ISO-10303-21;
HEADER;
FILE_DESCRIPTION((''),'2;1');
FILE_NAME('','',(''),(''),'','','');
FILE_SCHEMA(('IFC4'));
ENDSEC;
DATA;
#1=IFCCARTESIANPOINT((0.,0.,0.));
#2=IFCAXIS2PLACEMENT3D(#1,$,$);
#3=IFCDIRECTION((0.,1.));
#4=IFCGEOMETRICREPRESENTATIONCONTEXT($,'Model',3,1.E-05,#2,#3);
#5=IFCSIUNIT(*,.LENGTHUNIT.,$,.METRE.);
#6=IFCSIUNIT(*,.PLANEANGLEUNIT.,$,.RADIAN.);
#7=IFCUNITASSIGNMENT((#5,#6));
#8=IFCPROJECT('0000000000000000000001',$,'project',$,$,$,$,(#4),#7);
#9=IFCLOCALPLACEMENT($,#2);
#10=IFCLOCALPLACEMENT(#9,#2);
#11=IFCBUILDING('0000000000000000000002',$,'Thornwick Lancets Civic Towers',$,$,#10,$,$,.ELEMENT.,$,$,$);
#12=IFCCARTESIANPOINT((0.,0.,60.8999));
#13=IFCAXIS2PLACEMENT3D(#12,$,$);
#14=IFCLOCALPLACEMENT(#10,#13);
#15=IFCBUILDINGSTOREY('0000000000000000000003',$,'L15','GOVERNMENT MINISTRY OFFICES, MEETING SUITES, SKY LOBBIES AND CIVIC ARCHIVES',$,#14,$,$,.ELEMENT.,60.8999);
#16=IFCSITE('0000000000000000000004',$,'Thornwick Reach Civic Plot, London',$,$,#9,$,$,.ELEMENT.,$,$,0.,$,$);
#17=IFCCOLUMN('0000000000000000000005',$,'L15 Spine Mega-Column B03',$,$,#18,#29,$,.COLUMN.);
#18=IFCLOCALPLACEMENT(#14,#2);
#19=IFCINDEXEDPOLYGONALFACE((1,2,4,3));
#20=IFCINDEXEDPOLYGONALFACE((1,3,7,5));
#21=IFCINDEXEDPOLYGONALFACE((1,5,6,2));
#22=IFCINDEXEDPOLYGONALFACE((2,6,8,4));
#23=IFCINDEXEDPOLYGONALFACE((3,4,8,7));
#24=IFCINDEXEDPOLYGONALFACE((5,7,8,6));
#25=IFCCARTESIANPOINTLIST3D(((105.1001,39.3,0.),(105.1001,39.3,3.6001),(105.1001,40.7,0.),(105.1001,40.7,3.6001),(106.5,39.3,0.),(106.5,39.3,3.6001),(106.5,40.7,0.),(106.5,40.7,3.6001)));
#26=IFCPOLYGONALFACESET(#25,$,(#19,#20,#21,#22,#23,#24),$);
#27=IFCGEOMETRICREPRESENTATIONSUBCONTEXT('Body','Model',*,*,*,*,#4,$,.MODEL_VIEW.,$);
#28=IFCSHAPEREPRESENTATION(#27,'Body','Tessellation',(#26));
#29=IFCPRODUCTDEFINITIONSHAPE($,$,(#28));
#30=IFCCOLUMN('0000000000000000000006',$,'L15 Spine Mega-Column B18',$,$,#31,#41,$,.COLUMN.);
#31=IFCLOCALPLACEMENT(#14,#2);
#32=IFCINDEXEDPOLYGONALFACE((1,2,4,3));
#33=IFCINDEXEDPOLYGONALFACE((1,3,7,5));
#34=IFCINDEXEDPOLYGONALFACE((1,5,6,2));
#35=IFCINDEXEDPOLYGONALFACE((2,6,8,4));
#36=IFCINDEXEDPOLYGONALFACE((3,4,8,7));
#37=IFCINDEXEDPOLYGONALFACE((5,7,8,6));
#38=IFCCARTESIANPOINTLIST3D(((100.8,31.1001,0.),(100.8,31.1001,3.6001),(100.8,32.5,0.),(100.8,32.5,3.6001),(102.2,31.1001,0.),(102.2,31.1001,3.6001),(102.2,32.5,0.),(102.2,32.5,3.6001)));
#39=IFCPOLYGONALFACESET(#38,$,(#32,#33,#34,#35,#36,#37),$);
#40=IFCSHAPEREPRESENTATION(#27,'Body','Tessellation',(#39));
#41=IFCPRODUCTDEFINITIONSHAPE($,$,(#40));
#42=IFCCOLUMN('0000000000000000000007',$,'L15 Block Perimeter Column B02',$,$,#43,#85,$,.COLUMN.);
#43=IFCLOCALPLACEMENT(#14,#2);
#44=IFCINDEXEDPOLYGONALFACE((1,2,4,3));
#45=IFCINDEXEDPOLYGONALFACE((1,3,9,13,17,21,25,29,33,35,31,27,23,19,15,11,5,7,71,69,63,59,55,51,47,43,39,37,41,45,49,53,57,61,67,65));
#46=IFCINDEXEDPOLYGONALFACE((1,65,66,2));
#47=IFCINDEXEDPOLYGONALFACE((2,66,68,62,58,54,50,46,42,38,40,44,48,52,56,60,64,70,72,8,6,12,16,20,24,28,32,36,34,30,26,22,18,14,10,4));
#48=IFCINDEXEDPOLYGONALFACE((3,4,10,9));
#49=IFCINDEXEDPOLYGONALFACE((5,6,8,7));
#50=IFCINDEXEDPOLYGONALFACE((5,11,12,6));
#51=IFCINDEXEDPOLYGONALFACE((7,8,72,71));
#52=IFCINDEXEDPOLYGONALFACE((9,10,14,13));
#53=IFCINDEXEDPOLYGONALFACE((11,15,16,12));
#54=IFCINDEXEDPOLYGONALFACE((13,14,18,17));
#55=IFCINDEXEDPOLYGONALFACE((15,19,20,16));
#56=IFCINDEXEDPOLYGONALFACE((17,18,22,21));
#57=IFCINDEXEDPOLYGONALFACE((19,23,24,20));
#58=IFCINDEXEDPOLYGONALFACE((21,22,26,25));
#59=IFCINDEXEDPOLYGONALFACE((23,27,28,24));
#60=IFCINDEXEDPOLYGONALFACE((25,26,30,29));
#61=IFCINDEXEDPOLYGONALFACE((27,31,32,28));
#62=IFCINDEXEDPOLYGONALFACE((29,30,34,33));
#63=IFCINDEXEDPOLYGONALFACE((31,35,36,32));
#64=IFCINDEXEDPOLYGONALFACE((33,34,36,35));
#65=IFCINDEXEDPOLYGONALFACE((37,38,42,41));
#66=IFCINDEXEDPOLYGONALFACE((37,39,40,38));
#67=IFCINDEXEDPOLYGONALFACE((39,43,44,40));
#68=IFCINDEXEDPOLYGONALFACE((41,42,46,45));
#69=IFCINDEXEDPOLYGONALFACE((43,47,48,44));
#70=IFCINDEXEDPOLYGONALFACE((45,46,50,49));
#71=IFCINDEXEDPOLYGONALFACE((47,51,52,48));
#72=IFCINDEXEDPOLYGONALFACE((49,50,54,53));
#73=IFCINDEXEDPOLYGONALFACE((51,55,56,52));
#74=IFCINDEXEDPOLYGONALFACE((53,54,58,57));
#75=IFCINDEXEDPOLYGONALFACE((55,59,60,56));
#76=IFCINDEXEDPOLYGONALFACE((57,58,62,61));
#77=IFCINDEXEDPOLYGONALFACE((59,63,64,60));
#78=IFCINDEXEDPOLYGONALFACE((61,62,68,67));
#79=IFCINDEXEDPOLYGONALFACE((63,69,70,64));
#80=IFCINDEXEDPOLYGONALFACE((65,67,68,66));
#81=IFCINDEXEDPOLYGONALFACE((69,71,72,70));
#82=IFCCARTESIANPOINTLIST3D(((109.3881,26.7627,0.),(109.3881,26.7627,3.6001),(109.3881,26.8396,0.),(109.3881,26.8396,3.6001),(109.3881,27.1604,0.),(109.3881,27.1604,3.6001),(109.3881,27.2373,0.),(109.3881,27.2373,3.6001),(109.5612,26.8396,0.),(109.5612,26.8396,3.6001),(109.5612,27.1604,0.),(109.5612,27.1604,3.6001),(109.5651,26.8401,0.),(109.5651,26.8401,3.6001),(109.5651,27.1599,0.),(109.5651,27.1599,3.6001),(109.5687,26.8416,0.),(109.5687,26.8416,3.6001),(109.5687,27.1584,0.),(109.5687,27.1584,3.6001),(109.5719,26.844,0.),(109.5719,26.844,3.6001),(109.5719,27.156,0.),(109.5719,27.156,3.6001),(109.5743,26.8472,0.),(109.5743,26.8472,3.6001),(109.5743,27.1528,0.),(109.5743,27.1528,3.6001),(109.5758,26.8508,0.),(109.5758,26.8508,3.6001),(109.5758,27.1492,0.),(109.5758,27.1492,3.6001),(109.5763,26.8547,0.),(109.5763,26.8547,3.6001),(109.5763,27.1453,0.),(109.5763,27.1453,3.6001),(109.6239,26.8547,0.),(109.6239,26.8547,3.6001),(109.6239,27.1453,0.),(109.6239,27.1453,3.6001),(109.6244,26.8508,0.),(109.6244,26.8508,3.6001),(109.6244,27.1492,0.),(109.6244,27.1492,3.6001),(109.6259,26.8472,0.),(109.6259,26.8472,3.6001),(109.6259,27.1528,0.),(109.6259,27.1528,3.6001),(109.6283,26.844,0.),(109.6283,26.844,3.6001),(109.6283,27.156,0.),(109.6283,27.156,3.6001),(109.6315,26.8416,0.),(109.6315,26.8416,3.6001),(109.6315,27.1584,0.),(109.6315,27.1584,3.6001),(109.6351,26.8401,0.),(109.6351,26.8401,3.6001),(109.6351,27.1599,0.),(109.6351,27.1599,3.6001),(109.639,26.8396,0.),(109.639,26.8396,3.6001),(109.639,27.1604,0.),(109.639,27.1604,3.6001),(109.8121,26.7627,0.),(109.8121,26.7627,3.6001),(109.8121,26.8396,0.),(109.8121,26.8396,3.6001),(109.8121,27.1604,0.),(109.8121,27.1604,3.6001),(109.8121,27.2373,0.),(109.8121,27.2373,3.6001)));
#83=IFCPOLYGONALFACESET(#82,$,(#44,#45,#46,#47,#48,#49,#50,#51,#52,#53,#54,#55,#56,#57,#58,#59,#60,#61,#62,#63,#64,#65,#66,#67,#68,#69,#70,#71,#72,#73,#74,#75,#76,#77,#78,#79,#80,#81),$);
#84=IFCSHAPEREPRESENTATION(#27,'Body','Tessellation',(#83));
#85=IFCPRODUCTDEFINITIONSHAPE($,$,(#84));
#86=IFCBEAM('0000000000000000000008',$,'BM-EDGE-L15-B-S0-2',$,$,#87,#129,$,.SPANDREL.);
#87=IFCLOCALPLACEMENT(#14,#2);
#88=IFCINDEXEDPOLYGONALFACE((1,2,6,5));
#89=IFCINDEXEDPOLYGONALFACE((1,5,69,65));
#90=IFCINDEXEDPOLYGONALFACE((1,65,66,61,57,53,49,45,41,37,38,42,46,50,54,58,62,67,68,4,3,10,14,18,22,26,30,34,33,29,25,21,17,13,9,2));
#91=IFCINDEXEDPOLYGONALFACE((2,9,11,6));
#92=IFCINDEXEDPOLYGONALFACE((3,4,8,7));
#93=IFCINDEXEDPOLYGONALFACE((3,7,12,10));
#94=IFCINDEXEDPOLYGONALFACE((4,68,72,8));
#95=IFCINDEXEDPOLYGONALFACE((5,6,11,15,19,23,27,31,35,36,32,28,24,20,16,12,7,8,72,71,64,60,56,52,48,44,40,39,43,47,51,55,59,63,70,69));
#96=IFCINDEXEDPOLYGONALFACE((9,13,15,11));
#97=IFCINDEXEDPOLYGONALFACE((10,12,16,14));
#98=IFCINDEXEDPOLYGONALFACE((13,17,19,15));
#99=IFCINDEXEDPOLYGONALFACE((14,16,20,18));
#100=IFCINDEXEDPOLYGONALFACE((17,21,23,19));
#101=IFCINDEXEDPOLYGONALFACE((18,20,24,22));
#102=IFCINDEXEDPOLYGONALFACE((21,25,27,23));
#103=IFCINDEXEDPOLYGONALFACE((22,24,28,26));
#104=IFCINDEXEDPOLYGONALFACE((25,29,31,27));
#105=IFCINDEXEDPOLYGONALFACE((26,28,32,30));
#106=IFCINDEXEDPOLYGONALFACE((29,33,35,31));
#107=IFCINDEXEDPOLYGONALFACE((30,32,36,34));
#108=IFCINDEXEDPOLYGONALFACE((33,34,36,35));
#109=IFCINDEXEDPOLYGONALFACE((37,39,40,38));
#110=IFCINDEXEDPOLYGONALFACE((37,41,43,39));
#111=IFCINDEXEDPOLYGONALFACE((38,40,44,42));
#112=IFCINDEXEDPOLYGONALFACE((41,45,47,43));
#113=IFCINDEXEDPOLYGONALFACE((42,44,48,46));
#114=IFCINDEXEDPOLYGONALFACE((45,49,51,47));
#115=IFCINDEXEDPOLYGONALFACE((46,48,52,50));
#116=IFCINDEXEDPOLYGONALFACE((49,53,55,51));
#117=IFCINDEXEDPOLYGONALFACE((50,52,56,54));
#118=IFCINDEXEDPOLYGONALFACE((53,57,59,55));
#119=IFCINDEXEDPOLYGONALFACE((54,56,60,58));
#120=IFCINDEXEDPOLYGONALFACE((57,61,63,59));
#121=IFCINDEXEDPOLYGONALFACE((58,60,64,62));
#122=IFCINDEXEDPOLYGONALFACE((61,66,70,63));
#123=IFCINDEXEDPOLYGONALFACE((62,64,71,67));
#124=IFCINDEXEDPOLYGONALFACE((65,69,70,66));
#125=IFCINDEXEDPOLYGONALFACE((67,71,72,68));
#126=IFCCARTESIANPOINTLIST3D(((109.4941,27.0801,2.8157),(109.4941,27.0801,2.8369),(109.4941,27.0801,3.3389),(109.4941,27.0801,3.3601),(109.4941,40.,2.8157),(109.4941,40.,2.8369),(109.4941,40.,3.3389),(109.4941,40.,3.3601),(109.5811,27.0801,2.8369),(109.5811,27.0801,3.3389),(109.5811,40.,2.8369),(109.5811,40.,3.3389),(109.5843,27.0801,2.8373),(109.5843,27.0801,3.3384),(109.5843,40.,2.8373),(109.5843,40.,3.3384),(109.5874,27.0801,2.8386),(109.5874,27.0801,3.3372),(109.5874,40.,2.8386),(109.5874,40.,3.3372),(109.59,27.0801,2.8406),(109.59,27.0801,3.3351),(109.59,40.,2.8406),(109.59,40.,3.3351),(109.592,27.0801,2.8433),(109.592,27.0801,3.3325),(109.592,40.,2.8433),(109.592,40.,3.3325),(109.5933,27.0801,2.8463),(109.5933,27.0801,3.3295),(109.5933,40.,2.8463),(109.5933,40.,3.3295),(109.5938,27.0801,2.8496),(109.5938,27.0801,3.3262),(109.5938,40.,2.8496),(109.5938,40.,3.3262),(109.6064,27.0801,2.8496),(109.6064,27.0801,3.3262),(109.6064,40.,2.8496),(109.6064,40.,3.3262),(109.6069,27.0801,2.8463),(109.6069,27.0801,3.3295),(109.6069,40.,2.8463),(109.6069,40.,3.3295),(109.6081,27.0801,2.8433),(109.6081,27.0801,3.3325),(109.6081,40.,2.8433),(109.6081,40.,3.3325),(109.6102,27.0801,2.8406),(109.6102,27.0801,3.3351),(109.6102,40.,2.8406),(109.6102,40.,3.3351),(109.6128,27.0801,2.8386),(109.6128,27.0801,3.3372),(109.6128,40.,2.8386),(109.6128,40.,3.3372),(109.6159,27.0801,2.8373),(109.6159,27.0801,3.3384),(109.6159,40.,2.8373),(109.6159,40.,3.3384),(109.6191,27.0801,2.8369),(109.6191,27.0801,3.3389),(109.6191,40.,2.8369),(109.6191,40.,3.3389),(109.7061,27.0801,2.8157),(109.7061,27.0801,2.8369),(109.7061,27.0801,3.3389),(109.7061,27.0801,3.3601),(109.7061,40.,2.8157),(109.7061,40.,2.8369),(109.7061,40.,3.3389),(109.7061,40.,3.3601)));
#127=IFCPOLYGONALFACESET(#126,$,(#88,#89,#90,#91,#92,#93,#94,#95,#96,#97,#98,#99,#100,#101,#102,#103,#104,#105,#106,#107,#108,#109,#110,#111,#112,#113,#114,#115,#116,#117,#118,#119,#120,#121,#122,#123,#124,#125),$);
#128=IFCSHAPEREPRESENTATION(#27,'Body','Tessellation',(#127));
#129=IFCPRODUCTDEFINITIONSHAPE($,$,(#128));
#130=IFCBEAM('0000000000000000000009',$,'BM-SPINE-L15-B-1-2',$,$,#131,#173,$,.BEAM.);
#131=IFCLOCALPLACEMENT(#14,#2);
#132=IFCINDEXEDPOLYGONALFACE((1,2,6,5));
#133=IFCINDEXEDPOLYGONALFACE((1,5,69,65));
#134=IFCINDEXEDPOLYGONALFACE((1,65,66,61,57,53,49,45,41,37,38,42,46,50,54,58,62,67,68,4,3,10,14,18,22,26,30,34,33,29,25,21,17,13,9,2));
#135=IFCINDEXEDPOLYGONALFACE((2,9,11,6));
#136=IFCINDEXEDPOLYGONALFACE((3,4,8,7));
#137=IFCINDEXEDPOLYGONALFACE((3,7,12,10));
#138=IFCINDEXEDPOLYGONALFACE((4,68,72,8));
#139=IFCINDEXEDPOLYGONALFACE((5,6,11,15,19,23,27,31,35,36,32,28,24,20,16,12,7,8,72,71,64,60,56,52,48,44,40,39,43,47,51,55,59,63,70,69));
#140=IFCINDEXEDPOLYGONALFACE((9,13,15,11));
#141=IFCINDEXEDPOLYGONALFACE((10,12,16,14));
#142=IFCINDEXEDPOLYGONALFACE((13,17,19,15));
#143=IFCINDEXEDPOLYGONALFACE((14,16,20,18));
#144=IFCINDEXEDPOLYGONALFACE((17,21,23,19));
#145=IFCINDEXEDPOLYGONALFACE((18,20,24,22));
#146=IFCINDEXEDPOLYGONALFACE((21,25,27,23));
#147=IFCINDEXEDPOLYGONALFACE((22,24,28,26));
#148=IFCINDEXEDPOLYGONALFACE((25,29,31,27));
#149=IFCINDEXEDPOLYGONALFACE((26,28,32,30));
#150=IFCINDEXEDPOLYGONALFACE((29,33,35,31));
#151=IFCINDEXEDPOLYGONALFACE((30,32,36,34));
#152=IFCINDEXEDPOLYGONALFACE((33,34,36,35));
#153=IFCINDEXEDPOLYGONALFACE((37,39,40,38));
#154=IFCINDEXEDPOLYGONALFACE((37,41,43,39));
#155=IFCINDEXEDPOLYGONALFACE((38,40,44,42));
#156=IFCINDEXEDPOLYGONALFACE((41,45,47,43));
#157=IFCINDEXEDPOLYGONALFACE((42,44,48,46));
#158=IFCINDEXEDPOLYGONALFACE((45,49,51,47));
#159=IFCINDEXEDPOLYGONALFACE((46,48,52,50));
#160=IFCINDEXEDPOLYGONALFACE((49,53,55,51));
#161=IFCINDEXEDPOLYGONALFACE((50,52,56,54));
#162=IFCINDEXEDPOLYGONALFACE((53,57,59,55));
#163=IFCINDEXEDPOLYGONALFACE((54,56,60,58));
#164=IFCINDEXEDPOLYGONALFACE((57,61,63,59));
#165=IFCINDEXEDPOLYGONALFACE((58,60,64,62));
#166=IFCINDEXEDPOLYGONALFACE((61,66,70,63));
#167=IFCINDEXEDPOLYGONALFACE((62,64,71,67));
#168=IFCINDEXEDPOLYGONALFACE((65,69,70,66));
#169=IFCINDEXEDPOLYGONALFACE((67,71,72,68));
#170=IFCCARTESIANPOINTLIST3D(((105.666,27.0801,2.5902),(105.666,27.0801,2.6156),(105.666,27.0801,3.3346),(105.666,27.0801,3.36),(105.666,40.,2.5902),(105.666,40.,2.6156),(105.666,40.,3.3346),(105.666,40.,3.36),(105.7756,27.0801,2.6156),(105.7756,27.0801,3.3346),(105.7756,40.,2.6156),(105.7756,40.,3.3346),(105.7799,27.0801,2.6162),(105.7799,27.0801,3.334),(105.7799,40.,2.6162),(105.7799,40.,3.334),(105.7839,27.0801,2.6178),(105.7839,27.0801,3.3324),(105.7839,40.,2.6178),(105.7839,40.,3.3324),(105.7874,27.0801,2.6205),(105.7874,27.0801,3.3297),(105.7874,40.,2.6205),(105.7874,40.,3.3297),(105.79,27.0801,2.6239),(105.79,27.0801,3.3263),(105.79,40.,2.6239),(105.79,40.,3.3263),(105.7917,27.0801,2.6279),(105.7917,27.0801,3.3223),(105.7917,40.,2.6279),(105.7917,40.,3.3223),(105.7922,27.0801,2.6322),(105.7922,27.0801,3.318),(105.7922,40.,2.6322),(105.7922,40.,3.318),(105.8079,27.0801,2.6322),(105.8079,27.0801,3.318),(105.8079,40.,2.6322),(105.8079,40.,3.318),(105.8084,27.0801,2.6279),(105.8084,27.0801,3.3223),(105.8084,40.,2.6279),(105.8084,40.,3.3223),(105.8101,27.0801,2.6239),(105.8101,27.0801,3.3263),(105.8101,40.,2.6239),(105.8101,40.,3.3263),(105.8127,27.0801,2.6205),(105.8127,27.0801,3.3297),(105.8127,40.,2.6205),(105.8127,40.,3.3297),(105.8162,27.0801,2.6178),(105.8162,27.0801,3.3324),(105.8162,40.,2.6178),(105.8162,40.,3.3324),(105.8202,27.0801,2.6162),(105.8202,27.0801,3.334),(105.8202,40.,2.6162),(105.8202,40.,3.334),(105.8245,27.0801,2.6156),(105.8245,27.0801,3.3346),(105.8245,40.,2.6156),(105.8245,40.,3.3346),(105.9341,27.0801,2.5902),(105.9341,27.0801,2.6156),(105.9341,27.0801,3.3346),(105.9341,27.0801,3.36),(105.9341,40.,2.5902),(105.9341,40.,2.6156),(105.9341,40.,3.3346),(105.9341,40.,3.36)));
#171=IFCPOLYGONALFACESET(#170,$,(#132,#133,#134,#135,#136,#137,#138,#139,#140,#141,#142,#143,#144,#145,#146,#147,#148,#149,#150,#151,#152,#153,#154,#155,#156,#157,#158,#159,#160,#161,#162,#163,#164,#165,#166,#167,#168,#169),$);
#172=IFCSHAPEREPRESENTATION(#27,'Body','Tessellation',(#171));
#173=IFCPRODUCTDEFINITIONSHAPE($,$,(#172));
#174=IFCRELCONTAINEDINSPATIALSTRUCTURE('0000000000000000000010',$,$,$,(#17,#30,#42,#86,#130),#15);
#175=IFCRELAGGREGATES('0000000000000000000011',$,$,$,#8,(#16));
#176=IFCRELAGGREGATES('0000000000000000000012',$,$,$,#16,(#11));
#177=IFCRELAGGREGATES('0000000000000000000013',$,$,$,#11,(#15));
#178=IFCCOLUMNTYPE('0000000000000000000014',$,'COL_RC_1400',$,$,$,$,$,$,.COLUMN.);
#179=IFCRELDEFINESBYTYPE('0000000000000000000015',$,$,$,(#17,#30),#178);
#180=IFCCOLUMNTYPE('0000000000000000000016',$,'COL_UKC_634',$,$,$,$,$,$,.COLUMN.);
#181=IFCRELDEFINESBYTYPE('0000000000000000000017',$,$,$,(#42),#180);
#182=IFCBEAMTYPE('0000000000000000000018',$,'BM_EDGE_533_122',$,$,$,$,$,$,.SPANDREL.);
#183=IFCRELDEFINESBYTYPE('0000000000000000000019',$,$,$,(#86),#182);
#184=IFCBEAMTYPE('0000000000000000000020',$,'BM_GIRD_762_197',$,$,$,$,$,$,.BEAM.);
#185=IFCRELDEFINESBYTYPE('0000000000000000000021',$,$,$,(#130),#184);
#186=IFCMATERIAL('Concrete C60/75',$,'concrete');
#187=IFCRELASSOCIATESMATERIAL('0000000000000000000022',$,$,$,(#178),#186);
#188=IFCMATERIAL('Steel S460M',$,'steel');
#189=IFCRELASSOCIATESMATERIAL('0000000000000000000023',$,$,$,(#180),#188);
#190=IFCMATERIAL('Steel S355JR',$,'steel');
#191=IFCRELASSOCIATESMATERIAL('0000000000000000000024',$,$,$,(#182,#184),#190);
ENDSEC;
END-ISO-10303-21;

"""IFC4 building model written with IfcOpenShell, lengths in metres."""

from ifc_helpers import new_model, si_unit, direction, frame, origin, origin_2d, place, context, subcontext, project, spatial, rectangle, i_section, extrude, material, material_profile, profile_set, type_object, element, save


model = new_model("IFC4")

# Units and contexts
model_context = context("Model", 3, precision=1e-05, world=origin(), true_north=direction((0.0, 1.0)))
body_context = subcontext(model_context, "Body", "Model", "MODEL_VIEW")
ifc_project = project(units=[si_unit("LENGTHUNIT", "METRE"), si_unit("PLANEANGLEUNIT", "RADIAN")], contexts=[model_context])

# Site, building, storey
site_placement = place(None, origin())
site = spatial("IfcSite", under=ifc_project, at=site_placement, Name="Thornwick Reach Civic Plot, London", CompositionType="ELEMENT", RefElevation=0.0)
building_placement = place(site_placement, origin())
building = spatial("IfcBuilding", under=site, at=building_placement, Name="Thornwick Lancets Civic Towers", CompositionType="ELEMENT")
storey_placement = place(building_placement, frame((0.0, 0.0, 60.8999)))
storey = spatial("IfcBuildingStorey", under=building, at=storey_placement, Name="L15", Description="GOVERNMENT MINISTRY OFFICES, MEETING SUITES, SKY LOBBIES AND CIVIC ARCHIVES", CompositionType="ELEMENT", Elevation=60.8999)

# Columns
ifc_material_1 = material(Name="Concrete C60/75", Category="concrete")
ifc_material_profile_1 = material_profile(ifc_material_1, rectangle(XDim=1.3999, YDim=1.3999, at=origin_2d()), Name="RC 1400x1400")
ifc_profile_set_1 = profile_set([ifc_material_profile_1], Name="Concrete C60/75")
column_type_1 = type_object("IfcColumnType", Name="COL_RC_1400", PredefinedType="COLUMN", material=ifc_profile_set_1)
for number, where, z_axis, x_axis, name in (
    (1, (105.8, 40.0, 0.0), (0.0, 0.0, 1.0), (1.0, 0.0, 0.0), "L15 Spine Mega-Column B03"),
    (2, (101.5, 31.8, 0.0), (0.0, 0.0, 1.0), (1.0, 0.0, 0.0), "L15 Spine Mega-Column B18"),
):
    element("IfcColumn", number, at=place(storey_placement, frame(where, z_axis=z_axis, x_axis=x_axis)), inside=storey, type_object=column_type_1, Name=name, PredefinedType="COLUMN", context=body_context, shape_type="SweptSolid", body=[
        extrude(rectangle(XDim=1.3999, YDim=1.3999, at=origin_2d()), origin(), (0.0, 0.0, 1.0), 3.6001),
    ])
ifc_material_2 = material(Name="Steel S460M", Category="steel")
ifc_material_profile_2 = material_profile(ifc_material_2, i_section(OverallWidth=0.4241, OverallDepth=0.4746, WebThickness=0.0476, FlangeThickness=0.0769, FilletRadius=0.0151, at=origin_2d()), Name="UKC 356x406x634")
ifc_profile_set_2 = profile_set([ifc_material_profile_2], Name="Steel S460M")
column_type_2 = type_object("IfcColumnType", Name="COL_UKC_634", PredefinedType="COLUMN", material=ifc_profile_set_2)
column_placement = place(storey_placement, frame((109.6001, 27.0, 0.0), z_axis=(0.0, 0.0, 1.0), x_axis=(1.0, 0.0, 0.0)))
element("IfcColumn", 3, at=column_placement, inside=storey, type_object=column_type_2, Name="L15 Block Perimeter Column B02", PredefinedType="COLUMN", context=body_context, shape_type="SweptSolid", body=[
    extrude(i_section(OverallWidth=0.4241, OverallDepth=0.4746, WebThickness=0.0476, FlangeThickness=0.0769, FilletRadius=0.0151, at=origin_2d()), origin(), (0.0, 0.0, 1.0), 3.6001),
])

# Beams
ifc_material_3 = material(Name="Steel S355JR", Category="steel")
ifc_material_profile_3 = material_profile(ifc_material_3, i_section(OverallWidth=0.2119, OverallDepth=0.5444, WebThickness=0.0127, FlangeThickness=0.0212, FilletRadius=0.0127, at=origin_2d()), Name="UKB 533x210x122")
ifc_profile_set_3 = profile_set([ifc_material_profile_3], Name="Steel S355JR")
beam_type_1 = type_object("IfcBeamType", Name="BM_EDGE_533_122", PredefinedType="SPANDREL", material=ifc_profile_set_3)
beam_1_placement = place(storey_placement, frame((109.6001, 27.0801, 3.0879), z_axis=(0.0, 1.0, 0.0), x_axis=(-1.0, 0.0, 0.0)))
element("IfcBeam", 4, at=beam_1_placement, inside=storey, type_object=beam_type_1, Name="BM-EDGE-L15-B-S0-2", PredefinedType="SPANDREL", context=body_context, shape_type="SweptSolid", body=[
    extrude(i_section(OverallWidth=0.2119, OverallDepth=0.5444, WebThickness=0.0127, FlangeThickness=0.0212, FilletRadius=0.0127, at=origin_2d()), origin(), (0.0, 0.0, 1.0), 12.9199),
])
ifc_material_profile_4 = material_profile(ifc_material_3, i_section(OverallWidth=0.2681, OverallDepth=0.7698, WebThickness=0.0156, FlangeThickness=0.0254, FilletRadius=0.0166, at=origin_2d()), Name="UKB 762x267x197")
ifc_profile_set_4 = profile_set([ifc_material_profile_4], Name="Steel S355JR")
beam_type_2 = type_object("IfcBeamType", Name="BM_GIRD_762_197", PredefinedType="BEAM", material=ifc_profile_set_4)
beam_2_placement = place(storey_placement, frame((105.8, 27.0801, 2.9751), z_axis=(0.0, 1.0, 0.0), x_axis=(-1.0, 0.0, 0.0)))
element("IfcBeam", 5, at=beam_2_placement, inside=storey, type_object=beam_type_2, Name="BM-SPINE-L15-B-1-2", PredefinedType="BEAM", context=body_context, shape_type="SweptSolid", body=[
    extrude(i_section(OverallWidth=0.2681, OverallDepth=0.7698, WebThickness=0.0156, FlangeThickness=0.0254, FilletRadius=0.0166, at=origin_2d()), origin(), (0.0, 0.0, 1.0), 12.9199),
])

save(model, "model.ifc")
